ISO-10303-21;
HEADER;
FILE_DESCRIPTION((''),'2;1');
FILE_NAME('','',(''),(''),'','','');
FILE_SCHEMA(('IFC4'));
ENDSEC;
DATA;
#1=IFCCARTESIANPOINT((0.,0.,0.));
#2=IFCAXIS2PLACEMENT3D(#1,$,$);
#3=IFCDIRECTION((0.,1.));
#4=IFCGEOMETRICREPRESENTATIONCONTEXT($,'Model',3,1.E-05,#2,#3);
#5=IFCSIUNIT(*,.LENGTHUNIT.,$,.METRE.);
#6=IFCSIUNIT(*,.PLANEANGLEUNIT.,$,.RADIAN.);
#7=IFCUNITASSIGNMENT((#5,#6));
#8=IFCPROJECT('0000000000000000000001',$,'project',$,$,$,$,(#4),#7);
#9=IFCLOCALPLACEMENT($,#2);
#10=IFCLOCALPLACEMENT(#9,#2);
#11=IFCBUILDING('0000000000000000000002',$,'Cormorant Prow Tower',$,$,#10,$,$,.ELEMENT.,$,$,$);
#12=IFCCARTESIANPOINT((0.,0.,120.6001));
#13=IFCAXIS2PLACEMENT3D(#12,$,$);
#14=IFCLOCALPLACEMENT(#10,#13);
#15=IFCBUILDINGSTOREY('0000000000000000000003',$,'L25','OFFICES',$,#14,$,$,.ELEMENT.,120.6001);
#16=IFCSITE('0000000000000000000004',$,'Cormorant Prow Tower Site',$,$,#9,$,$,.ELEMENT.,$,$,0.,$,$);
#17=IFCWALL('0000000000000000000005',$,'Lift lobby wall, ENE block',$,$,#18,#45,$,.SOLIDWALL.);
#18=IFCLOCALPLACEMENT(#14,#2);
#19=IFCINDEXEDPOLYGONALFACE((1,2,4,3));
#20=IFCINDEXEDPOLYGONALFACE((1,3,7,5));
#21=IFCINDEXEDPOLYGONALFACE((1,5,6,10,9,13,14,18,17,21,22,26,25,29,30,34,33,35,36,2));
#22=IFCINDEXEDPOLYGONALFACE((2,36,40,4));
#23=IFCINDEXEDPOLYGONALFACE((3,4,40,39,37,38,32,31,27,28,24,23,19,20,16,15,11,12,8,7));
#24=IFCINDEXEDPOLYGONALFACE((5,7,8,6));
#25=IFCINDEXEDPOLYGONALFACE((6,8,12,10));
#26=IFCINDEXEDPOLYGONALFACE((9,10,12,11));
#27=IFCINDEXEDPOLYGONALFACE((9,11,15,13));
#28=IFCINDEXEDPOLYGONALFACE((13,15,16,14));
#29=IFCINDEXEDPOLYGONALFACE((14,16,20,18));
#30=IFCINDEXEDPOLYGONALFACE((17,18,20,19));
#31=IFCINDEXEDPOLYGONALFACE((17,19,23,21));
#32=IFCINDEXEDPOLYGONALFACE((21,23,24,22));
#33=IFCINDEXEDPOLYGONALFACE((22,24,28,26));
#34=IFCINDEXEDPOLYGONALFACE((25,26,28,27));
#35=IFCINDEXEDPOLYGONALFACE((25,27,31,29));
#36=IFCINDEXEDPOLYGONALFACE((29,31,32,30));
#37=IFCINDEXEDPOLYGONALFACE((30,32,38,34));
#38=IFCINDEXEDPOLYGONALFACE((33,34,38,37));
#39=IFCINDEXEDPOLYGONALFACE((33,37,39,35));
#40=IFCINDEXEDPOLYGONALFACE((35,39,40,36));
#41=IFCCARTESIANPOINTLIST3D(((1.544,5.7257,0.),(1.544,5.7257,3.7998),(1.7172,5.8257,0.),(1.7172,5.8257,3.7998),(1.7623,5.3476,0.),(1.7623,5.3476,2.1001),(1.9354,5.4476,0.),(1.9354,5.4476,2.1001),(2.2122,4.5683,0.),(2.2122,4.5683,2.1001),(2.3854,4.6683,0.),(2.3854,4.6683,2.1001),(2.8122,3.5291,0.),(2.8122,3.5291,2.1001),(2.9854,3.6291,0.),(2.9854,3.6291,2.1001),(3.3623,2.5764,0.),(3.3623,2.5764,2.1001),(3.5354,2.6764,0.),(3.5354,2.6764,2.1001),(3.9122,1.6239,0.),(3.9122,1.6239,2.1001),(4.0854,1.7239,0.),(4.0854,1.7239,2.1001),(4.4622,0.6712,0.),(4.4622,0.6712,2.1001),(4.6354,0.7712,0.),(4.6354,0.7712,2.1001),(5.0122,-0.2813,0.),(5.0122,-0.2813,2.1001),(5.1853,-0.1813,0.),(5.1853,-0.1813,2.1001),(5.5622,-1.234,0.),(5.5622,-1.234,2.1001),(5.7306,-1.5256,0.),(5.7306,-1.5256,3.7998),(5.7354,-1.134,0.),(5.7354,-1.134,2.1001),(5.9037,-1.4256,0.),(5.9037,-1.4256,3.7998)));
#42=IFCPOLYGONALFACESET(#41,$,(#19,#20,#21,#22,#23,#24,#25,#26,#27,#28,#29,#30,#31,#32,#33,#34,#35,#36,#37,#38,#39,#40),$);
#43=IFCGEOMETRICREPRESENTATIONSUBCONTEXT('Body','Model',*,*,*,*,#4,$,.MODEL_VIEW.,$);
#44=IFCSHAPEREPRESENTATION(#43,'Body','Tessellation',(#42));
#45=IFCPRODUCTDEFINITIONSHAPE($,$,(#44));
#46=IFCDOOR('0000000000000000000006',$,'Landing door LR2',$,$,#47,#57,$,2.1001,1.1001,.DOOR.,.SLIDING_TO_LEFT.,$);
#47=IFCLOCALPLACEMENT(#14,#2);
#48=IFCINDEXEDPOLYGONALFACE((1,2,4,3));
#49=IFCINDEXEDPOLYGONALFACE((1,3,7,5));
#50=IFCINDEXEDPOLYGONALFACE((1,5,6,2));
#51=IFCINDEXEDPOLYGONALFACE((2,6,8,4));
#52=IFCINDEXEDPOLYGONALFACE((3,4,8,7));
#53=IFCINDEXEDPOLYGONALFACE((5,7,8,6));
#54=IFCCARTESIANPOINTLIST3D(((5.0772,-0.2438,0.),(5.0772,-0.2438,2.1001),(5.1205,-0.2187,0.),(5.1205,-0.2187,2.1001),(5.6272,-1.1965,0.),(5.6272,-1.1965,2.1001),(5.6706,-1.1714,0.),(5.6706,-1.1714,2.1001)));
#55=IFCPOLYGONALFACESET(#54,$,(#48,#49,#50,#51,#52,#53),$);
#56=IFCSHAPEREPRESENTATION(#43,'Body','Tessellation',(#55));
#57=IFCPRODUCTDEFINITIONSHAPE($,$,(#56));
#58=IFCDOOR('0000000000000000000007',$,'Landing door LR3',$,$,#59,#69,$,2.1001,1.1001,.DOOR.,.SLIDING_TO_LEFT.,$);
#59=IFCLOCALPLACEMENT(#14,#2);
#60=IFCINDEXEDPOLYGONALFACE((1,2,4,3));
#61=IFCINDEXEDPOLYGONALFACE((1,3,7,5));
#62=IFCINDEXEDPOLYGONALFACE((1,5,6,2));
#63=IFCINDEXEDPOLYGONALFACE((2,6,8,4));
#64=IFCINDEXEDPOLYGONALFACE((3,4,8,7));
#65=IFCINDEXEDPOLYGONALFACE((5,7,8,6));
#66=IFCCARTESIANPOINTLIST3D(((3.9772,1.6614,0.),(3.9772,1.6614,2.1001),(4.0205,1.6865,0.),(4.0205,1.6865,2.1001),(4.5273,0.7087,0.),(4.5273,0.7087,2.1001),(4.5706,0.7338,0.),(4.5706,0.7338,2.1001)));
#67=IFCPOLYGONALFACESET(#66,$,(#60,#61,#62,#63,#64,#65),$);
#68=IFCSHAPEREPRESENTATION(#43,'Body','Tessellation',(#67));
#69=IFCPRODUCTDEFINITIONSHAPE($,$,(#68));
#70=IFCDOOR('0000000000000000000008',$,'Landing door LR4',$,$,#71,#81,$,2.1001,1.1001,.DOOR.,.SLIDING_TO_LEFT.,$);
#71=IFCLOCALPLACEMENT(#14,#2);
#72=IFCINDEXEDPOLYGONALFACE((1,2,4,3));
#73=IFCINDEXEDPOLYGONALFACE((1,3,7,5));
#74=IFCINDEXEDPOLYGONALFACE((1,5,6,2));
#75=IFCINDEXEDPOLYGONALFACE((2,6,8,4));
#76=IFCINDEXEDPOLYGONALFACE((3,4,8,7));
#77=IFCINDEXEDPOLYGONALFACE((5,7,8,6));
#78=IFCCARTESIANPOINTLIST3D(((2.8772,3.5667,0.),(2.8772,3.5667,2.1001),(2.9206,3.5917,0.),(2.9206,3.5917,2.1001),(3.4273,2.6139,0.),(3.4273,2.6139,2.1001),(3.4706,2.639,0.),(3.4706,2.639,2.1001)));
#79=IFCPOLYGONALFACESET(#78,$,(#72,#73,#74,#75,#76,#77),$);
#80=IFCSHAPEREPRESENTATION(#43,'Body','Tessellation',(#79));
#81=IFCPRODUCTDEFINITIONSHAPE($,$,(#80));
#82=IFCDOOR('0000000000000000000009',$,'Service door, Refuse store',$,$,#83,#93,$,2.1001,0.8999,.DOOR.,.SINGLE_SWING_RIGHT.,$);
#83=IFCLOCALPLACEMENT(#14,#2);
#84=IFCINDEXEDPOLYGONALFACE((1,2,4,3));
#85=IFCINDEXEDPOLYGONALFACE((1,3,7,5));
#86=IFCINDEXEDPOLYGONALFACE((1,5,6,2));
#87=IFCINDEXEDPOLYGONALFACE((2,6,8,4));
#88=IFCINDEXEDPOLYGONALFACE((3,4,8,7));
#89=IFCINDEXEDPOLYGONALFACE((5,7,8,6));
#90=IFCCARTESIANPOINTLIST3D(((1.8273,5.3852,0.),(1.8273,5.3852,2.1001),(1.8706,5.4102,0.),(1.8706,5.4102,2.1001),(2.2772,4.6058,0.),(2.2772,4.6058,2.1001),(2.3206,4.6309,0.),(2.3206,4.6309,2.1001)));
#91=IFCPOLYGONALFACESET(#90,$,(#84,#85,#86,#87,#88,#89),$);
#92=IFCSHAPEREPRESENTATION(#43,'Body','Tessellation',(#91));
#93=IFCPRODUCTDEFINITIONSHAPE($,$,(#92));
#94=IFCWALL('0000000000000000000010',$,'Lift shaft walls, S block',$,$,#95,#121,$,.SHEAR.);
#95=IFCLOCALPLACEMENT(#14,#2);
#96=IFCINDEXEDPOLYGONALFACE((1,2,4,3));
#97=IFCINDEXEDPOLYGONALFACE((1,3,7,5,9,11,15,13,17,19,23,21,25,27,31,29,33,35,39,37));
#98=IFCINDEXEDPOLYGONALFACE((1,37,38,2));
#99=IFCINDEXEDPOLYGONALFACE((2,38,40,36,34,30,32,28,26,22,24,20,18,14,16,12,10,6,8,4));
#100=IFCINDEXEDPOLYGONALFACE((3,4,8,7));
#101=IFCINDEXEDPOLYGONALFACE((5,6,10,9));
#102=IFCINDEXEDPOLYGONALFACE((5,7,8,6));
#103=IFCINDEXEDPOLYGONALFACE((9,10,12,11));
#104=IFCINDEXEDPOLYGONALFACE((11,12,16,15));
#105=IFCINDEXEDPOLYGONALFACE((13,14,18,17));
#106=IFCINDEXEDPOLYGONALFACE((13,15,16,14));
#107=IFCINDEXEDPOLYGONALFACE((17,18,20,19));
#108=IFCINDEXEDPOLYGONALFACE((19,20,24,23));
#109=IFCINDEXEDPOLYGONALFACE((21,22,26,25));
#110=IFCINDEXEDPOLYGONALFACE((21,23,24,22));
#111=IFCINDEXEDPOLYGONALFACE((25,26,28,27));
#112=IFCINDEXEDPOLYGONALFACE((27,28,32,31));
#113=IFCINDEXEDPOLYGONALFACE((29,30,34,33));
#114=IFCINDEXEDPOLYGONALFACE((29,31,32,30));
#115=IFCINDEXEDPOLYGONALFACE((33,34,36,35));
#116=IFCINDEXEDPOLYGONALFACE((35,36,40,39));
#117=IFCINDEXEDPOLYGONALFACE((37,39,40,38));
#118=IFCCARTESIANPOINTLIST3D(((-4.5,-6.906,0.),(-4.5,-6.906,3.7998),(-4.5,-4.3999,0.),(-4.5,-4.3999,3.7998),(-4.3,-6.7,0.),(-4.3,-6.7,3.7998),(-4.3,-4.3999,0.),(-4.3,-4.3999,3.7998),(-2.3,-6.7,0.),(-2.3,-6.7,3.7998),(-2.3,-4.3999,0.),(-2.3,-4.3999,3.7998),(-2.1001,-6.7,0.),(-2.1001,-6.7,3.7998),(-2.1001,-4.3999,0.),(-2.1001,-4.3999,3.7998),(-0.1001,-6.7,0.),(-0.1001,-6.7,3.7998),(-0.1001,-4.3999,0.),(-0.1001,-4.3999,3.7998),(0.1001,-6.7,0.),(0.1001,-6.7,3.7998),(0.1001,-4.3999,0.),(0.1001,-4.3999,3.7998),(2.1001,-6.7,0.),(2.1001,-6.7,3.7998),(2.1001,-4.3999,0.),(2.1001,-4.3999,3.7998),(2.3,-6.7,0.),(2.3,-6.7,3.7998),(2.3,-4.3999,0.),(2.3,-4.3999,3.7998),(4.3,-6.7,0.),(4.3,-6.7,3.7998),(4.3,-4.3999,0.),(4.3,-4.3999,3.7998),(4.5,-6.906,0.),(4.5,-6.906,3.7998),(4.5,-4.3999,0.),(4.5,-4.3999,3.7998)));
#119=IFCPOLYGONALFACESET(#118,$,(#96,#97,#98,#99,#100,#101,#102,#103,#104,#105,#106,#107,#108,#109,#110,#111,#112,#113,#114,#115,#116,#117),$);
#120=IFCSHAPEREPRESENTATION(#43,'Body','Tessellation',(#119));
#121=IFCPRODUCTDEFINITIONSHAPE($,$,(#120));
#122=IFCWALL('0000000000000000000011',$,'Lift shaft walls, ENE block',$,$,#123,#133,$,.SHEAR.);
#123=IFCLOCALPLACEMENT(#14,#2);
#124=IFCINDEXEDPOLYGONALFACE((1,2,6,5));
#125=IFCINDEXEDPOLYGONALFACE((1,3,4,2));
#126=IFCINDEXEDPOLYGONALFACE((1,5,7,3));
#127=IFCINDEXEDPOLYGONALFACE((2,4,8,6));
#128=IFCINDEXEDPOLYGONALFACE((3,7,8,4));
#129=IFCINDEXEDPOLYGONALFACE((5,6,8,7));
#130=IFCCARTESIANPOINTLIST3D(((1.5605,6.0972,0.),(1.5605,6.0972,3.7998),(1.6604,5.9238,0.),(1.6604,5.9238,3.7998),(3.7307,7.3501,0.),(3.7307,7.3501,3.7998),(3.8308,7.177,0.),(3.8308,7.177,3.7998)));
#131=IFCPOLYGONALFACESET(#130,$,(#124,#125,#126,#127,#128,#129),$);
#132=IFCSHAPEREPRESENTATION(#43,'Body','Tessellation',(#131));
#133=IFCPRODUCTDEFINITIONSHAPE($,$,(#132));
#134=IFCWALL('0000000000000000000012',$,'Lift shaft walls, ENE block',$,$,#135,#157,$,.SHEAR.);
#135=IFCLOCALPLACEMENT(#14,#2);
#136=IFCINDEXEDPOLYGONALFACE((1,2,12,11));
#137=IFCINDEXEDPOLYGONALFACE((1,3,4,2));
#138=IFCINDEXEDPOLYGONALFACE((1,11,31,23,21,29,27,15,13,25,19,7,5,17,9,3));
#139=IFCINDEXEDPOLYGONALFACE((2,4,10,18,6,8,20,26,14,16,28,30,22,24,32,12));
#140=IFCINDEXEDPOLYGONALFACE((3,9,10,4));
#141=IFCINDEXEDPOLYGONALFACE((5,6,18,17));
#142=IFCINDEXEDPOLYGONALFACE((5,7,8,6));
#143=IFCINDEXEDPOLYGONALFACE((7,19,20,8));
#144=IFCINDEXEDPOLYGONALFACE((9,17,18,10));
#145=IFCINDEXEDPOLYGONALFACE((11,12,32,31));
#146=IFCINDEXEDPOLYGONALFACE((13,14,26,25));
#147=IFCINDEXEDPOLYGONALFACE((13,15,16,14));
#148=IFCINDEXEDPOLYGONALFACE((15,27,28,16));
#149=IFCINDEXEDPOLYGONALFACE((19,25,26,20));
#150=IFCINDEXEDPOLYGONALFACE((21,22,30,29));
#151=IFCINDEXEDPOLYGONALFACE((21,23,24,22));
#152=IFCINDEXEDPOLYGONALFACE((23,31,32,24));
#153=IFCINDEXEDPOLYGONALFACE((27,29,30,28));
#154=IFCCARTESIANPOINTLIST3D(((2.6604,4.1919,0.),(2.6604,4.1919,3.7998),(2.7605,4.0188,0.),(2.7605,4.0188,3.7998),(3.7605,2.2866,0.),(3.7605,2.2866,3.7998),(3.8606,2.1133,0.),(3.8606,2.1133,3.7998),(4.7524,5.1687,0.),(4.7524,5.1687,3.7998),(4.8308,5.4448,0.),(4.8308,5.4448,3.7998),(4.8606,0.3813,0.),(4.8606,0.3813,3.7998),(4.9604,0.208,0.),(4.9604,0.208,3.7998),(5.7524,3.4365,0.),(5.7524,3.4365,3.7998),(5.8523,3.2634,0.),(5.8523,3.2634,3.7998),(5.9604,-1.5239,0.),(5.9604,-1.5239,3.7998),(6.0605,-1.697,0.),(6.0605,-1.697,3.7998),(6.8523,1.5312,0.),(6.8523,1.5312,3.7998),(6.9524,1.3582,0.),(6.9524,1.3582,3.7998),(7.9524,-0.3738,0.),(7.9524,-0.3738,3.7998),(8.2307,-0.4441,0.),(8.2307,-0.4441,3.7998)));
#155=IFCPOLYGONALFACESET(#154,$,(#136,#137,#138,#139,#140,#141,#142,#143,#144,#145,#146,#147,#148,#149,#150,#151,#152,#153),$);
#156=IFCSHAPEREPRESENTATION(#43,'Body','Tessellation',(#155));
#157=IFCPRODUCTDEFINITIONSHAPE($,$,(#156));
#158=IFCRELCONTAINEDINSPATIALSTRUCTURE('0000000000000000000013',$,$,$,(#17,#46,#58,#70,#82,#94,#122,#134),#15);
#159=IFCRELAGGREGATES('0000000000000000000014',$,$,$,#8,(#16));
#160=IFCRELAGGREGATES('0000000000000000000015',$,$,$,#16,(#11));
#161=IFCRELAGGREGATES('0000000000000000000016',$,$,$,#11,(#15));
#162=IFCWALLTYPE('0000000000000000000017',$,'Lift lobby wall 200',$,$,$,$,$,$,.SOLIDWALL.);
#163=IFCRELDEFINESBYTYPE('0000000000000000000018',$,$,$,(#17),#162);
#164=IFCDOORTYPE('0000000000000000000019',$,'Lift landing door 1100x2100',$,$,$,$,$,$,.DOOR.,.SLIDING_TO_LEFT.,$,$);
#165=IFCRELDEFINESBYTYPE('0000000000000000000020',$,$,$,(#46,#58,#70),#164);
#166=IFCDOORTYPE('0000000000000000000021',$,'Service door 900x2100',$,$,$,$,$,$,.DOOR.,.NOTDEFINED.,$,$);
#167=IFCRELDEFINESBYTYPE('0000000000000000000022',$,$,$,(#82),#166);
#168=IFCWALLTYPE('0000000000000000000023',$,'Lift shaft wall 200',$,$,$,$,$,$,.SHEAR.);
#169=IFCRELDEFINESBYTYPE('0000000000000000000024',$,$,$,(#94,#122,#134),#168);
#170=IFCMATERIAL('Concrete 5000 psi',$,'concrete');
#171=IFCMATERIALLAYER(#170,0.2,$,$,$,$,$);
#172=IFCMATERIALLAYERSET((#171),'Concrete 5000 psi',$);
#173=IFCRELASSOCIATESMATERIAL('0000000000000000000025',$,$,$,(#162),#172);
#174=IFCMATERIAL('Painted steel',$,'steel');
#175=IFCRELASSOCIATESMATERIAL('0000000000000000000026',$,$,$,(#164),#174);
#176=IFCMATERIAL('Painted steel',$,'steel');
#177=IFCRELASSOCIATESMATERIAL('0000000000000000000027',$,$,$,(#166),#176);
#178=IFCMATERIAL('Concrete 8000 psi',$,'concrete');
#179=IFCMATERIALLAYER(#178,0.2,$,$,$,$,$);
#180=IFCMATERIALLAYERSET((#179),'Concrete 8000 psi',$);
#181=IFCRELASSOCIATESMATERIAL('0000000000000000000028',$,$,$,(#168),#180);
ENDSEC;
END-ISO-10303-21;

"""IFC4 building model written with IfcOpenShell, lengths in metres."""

from ifc_helpers import new_model, si_unit, direction, frame, frame_2d, origin, place, context, subcontext, project, spatial, polyline, rectangle, outline, extrude, material, layer, layer_set, type_object, element, fill, save


model = new_model("IFC4")

# Units and contexts
model_context = context("Model", 3, precision=1e-05, world=origin(), true_north=direction((0.0, 1.0)))
body_context = subcontext(model_context, "Body", "Model", "MODEL_VIEW")
ifc_project = project(units=[si_unit("LENGTHUNIT", "METRE"), si_unit("PLANEANGLEUNIT", "RADIAN")], contexts=[model_context])

# Site, building, storey
site_placement = place(None, origin())
site = spatial("IfcSite", under=ifc_project, at=site_placement, Name="Cormorant Prow Tower Site", CompositionType="ELEMENT", RefElevation=0.0)
building_placement = place(site_placement, origin())
building = spatial("IfcBuilding", under=site, at=building_placement, Name="Cormorant Prow Tower", CompositionType="ELEMENT")
storey_placement = place(building_placement, frame((0.0, 0.0, 120.6001)))
storey = spatial("IfcBuildingStorey", under=building, at=storey_placement, Name="L25", Description="OFFICES", CompositionType="ELEMENT", Elevation=120.6001)

# Wall, openings, doors
ifc_material_1 = material(Name="Concrete 5000 psi", Category="concrete")
ifc_layer_1 = layer(ifc_material_1, 0.2)
ifc_layer_set_1 = layer_set([ifc_layer_1], Name="Concrete 5000 psi")
wall_type_1 = type_object("IfcWallType", Name="Lift lobby wall 200", PredefinedType="SOLIDWALL", material=ifc_layer_set_1)
wall_1_placement = place(storey_placement, frame((5.8171, -1.4756, 0.0), z_axis=(0.0, 0.0, 1.0), x_axis=(-0.500003, 0.866024, 0.0)))
wall_1 = element("IfcWall", 1, at=wall_1_placement, inside=storey, type_object=wall_type_1, Name="Lift lobby wall, ENE block", PredefinedType="SOLIDWALL", context=body_context, shape_type="SweptSolid", body=[
    extrude(rectangle(XDim=8.373, YDim=0.2, at=frame_2d((4.1865, 0.0))), origin(), (0.0, 0.0, 1.0), 3.7998),
])
opening_1_placement = place(wall_1_placement, frame((0.3367, 0.0, 0.0)))
opening_1 = element("IfcOpeningElement", 2, at=opening_1_placement, cuts=wall_1, PredefinedType="OPENING", context=body_context, shape_type="SweptSolid", body=[
    extrude(rectangle(XDim=1.1001, YDim=2.1001, at=frame_2d((0.55, 1.05))), frame((0.0, 0.1099, 0.0), z_axis=(0.0, -1.0, 0.0), x_axis=(1.0, 0.0, 0.0)), (0.0, 0.0, 1.0), 0.22),
])
opening_2_placement = place(wall_1_placement, frame((2.5366, 0.0, 0.0)))
opening_2 = element("IfcOpeningElement", 3, at=opening_2_placement, cuts=wall_1, PredefinedType="OPENING", context=body_context, shape_type="SweptSolid", body=[
    extrude(rectangle(XDim=1.1001, YDim=2.1001, at=frame_2d((0.55, 1.05))), frame((0.0, 0.1099, 0.0), z_axis=(0.0, -1.0, 0.0), x_axis=(1.0, 0.0, 0.0)), (0.0, 0.0, 1.0), 0.22),
])
opening_3_placement = place(wall_1_placement, frame((4.7366, 0.0, 0.0)))
opening_3 = element("IfcOpeningElement", 4, at=opening_3_placement, cuts=wall_1, PredefinedType="OPENING", context=body_context, shape_type="SweptSolid", body=[
    extrude(rectangle(XDim=1.1001, YDim=2.1001, at=frame_2d((0.55, 1.05))), frame((0.0, 0.1099, 0.0), z_axis=(0.0, -1.0, 0.0), x_axis=(1.0, 0.0, 0.0)), (0.0, 0.0, 1.0), 0.22),
])
opening_4_placement = place(wall_1_placement, frame((7.0366, 0.0, 0.0)))
opening_4 = element("IfcOpeningElement", 5, at=opening_4_placement, cuts=wall_1, PredefinedType="OPENING", context=body_context, shape_type="SweptSolid", body=[
    extrude(rectangle(XDim=0.8999, YDim=2.1001, at=frame_2d((0.45, 1.05))), frame((0.0, 0.1099, 0.0), z_axis=(0.0, -1.0, 0.0), x_axis=(1.0, 0.0, 0.0)), (0.0, 0.0, 1.0), 0.22),
])
ifc_material_2 = material(Name="Painted steel", Category="steel")
door_type_1 = type_object("IfcDoorType", Name="Lift landing door 1100x2100", OperationType="SLIDING_TO_LEFT", PredefinedType="DOOR", material=ifc_material_2)
door_1_placement = place(opening_1_placement, origin())
door_1 = element("IfcDoor", 6, at=door_1_placement, inside=storey, type_object=door_type_1, Name="Landing door LR2", OperationType="SLIDING_TO_LEFT", OverallHeight=2.1001, OverallWidth=1.1001, PredefinedType="DOOR", context=body_context, shape_type="SweptSolid", body=[
    extrude(rectangle(XDim=1.1001, YDim=2.1001, at=frame_2d((0.55, 1.05))), frame((0.0, 0.0249, 0.0), z_axis=(0.0, -1.0, 0.0), x_axis=(1.0, 0.0, 0.0)), (0.0, 0.0, 1.0), 0.05),
])
fill(opening_1, door_1)
door_2_placement = place(opening_2_placement, origin())
door_2 = element("IfcDoor", 7, at=door_2_placement, inside=storey, type_object=door_type_1, Name="Landing door LR3", OperationType="SLIDING_TO_LEFT", OverallHeight=2.1001, OverallWidth=1.1001, PredefinedType="DOOR", context=body_context, shape_type="SweptSolid", body=[
    extrude(rectangle(XDim=1.1001, YDim=2.1001, at=frame_2d((0.55, 1.05))), frame((0.0, 0.0249, 0.0), z_axis=(0.0, -1.0, 0.0), x_axis=(1.0, 0.0, 0.0)), (0.0, 0.0, 1.0), 0.05),
])
fill(opening_2, door_2)
door_3_placement = place(opening_3_placement, origin())
door_3 = element("IfcDoor", 8, at=door_3_placement, inside=storey, type_object=door_type_1, Name="Landing door LR4", OperationType="SLIDING_TO_LEFT", OverallHeight=2.1001, OverallWidth=1.1001, PredefinedType="DOOR", context=body_context, shape_type="SweptSolid", body=[
    extrude(rectangle(XDim=1.1001, YDim=2.1001, at=frame_2d((0.55, 1.05))), frame((0.0, 0.0249, 0.0), z_axis=(0.0, -1.0, 0.0), x_axis=(1.0, 0.0, 0.0)), (0.0, 0.0, 1.0), 0.05),
])
fill(opening_3, door_3)
ifc_material_3 = material(Name="Painted steel", Category="steel")
door_type_2 = type_object("IfcDoorType", Name="Service door 900x2100", OperationType="NOTDEFINED", PredefinedType="DOOR", material=ifc_material_3)
door_4_placement = place(opening_4_placement, origin())
door_4 = element("IfcDoor", 9, at=door_4_placement, inside=storey, type_object=door_type_2, Name="Service door, Refuse store", OperationType="SINGLE_SWING_RIGHT", OverallHeight=2.1001, OverallWidth=0.8999, PredefinedType="DOOR", context=body_context, shape_type="SweptSolid", body=[
    extrude(rectangle(XDim=0.8999, YDim=2.1001, at=frame_2d((0.45, 1.05))), frame((0.0, 0.0249, 0.0), z_axis=(0.0, -1.0, 0.0), x_axis=(1.0, 0.0, 0.0)), (0.0, 0.0, 1.0), 0.05),
])
fill(opening_4, door_4)

# Walls
ifc_material_4 = material(Name="Concrete 8000 psi", Category="concrete")
ifc_layer_2 = layer(ifc_material_4, 0.2)
ifc_layer_set_2 = layer_set([ifc_layer_2], Name="Concrete 8000 psi")
wall_type_2 = type_object("IfcWallType", Name="Lift shaft wall 200", PredefinedType="SHEAR", material=ifc_layer_set_2)
wall_2_placement = place(storey_placement, origin())
element("IfcWall", 10, at=wall_2_placement, inside=storey, type_object=wall_type_2, Name="Lift shaft walls, S block", PredefinedType="SHEAR", context=body_context, shape_type="SweptSolid", body=[
    extrude(outline(polyline([(4.5, -4.3999), (4.5, -6.906), (-4.5, -6.906), (-4.5, -4.3999), (-4.3, -4.3999), (-4.3, -6.7), (-2.3, -6.7), (-2.3, -4.3999), (-2.1001, -4.3999), (-2.1001, -6.7), (-0.1001, -6.7), (-0.1001, -4.3999), (0.1001, -4.3999), (0.1001, -6.7), (2.1001, -6.7), (2.1001, -4.3999), (2.3, -4.3999), (2.3, -6.7), (4.3, -6.7), (4.3, -4.3999), (4.5, -4.3999)])), origin(), (0.0, 0.0, 1.0), 3.7998),
])
wall_3_placement = place(storey_placement, origin())
element("IfcWall", 11, at=wall_3_placement, inside=storey, type_object=wall_type_2, Name="Lift shaft walls, ENE block", PredefinedType="SHEAR", context=body_context, shape_type="SweptSolid", body=[
    extrude(outline(polyline([(1.5605, 6.0972), (3.7307, 7.3501), (3.8308, 7.177), (1.6604, 5.9238), (1.5605, 6.0972)])), origin(), (0.0, 0.0, 1.0), 3.7998),
])
wall_4_placement = place(storey_placement, origin())
element("IfcWall", 12, at=wall_4_placement, inside=storey, type_object=wall_type_2, Name="Lift shaft walls, ENE block", PredefinedType="SHEAR", context=body_context, shape_type="SweptSolid", body=[
    extrude(outline(polyline([(2.6604, 4.1919), (4.8308, 5.4448), (8.2307, -0.4441), (6.0605, -1.697), (5.9604, -1.5239), (7.9524, -0.3738), (6.9524, 1.3582), (4.9604, 0.208), (4.8606, 0.3813), (6.8523, 1.5312), (5.8523, 3.2634), (3.8606, 2.1133), (3.7605, 2.2866), (5.7524, 3.4365), (4.7524, 5.1687), (2.7605, 4.0188), (2.6604, 4.1919)])), origin(), (0.0, 0.0, 1.0), 3.7998),
])

save(model, "model.ifc")
